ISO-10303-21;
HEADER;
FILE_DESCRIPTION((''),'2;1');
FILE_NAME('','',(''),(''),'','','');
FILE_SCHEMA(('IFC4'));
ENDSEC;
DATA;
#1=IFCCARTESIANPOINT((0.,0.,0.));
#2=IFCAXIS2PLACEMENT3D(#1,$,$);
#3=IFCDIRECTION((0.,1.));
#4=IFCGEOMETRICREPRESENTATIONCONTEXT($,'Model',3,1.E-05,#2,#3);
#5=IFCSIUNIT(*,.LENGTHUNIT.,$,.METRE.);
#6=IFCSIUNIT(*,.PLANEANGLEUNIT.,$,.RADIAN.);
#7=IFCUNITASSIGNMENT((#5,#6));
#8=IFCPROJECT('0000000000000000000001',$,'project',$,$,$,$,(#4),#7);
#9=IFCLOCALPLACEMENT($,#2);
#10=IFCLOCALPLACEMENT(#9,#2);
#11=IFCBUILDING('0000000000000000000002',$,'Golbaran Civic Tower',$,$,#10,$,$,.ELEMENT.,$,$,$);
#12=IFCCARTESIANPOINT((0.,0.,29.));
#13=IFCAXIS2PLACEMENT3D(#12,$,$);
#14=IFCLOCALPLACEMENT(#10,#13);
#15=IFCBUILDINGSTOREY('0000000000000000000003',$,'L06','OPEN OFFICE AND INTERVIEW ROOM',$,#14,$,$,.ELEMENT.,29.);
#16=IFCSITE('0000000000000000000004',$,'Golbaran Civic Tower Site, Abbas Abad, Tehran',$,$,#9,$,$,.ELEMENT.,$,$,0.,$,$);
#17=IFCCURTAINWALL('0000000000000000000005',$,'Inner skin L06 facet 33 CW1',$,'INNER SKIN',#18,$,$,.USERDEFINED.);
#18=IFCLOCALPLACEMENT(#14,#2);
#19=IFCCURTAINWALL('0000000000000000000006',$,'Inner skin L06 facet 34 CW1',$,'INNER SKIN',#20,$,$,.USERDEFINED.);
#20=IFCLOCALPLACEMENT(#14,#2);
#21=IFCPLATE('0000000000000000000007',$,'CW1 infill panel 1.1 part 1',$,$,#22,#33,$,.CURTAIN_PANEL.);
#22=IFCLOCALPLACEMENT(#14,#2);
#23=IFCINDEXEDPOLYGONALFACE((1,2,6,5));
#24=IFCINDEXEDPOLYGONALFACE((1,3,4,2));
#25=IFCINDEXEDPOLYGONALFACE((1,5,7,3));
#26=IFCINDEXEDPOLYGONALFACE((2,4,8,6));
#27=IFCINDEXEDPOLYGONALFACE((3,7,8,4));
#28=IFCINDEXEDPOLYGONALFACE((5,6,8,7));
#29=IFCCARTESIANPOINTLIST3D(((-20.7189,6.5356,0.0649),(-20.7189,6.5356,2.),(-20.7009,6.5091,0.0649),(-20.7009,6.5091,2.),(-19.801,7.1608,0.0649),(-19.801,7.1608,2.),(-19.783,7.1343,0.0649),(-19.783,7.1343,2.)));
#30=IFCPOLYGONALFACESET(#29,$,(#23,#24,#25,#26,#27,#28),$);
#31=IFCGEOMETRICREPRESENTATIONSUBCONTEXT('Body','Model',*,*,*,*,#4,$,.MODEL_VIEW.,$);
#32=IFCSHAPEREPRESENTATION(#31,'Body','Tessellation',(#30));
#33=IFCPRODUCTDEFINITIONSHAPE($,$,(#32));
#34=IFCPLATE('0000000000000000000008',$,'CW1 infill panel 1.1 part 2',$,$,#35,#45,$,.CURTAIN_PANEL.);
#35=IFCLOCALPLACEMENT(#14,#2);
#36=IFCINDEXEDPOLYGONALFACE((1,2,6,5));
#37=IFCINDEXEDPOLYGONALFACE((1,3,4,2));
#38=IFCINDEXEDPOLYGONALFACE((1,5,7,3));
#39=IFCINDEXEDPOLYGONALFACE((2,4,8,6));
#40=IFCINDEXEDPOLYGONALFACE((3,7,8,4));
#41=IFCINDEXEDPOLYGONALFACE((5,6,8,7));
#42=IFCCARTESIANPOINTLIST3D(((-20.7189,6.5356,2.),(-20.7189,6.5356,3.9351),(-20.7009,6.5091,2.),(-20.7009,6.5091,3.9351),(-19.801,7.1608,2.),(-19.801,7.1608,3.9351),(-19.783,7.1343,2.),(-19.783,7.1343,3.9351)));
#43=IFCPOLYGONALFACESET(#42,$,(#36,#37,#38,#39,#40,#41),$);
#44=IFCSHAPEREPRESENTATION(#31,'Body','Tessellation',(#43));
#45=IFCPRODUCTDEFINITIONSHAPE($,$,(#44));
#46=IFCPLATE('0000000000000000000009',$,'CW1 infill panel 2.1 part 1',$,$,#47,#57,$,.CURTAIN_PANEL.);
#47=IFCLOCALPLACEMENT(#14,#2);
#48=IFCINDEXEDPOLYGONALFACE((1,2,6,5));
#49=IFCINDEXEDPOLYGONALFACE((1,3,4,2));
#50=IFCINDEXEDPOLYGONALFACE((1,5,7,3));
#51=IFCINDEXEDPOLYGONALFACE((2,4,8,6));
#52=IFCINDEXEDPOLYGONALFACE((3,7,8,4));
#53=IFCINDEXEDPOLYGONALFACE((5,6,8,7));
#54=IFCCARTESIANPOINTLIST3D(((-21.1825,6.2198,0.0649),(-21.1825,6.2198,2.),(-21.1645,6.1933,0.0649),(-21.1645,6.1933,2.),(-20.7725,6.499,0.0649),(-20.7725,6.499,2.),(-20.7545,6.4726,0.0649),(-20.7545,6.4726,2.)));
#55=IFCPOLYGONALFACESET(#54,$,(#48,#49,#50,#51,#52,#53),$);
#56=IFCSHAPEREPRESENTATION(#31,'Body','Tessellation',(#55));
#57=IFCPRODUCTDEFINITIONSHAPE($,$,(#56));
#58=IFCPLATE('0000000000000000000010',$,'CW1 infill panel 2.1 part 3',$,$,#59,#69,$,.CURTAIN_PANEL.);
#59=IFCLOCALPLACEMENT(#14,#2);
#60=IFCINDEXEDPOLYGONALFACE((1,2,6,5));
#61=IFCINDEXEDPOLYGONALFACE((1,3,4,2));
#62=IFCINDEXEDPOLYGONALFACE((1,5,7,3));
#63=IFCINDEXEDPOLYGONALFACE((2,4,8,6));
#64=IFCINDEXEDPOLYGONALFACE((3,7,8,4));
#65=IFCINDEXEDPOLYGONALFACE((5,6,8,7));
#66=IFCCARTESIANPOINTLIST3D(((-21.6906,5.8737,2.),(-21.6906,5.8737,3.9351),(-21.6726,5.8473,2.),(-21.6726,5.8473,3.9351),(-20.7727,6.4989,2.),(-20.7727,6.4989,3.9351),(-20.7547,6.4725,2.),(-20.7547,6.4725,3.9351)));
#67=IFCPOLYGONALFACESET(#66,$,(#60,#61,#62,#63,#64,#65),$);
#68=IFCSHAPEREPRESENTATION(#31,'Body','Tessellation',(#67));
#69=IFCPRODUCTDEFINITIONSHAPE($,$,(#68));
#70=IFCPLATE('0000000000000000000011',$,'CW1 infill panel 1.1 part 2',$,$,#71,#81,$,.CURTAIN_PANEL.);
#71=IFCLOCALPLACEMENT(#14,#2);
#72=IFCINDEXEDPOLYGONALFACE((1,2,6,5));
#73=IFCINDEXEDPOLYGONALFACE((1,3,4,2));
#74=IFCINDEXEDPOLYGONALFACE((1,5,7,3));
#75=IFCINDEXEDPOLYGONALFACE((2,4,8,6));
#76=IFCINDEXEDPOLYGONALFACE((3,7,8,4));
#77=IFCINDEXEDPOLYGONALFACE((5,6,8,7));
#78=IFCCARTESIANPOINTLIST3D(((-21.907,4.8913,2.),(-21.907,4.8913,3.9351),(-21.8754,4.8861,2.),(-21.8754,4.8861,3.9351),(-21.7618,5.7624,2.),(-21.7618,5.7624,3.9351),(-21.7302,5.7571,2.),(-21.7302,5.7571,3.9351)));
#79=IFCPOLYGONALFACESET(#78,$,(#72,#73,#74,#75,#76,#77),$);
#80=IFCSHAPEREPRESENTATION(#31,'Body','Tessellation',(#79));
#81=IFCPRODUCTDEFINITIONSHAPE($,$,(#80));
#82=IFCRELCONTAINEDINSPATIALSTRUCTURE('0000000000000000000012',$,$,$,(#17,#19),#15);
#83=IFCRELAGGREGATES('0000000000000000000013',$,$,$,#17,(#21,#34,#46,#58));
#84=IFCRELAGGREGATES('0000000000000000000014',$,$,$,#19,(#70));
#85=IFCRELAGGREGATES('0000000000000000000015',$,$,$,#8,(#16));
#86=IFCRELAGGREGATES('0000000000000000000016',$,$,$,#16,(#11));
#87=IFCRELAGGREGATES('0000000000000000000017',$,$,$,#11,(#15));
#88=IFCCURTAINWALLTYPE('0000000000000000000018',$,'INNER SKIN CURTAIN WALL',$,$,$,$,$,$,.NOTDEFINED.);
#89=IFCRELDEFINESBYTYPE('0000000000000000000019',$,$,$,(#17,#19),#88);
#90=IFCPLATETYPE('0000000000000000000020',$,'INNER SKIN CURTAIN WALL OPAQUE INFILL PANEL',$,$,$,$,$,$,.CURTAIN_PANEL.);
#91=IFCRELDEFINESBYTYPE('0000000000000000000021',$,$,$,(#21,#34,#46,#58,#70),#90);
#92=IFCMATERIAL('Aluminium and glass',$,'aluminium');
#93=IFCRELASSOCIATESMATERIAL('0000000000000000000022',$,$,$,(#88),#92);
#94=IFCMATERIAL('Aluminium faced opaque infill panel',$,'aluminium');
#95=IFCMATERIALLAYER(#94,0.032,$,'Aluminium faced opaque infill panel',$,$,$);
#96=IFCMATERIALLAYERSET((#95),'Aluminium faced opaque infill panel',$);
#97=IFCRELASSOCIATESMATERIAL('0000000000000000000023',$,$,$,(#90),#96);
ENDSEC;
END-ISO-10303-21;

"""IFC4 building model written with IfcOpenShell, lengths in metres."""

from ifc_helpers import new_model, si_unit, direction, frame, origin, origin_2d, place, context, subcontext, project, spatial, rectangle, extrude, material, layer, layer_set, type_object, element, aggregate, save


model = new_model("IFC4")

# Units and contexts
model_context = context("Model", 3, precision=1e-05, world=origin(), true_north=direction((0.0, 1.0)))
body_context = subcontext(model_context, "Body", "Model", "MODEL_VIEW")
ifc_project = project(units=[si_unit("LENGTHUNIT", "METRE"), si_unit("PLANEANGLEUNIT", "RADIAN")], contexts=[model_context])

# Site, building, storey
site_placement = place(None, origin())
site = spatial("IfcSite", under=ifc_project, at=site_placement, Name="Golbaran Civic Tower Site, Abbas Abad, Tehran", CompositionType="ELEMENT", RefElevation=0.0)
building_placement = place(site_placement, origin())
building = spatial("IfcBuilding", under=site, at=building_placement, Name="Golbaran Civic Tower", CompositionType="ELEMENT")
storey_placement = place(building_placement, frame((0.0, 0.0, 29.0)))
storey = spatial("IfcBuildingStorey", under=building, at=storey_placement, Name="L06", Description="OPEN OFFICE AND INTERVIEW ROOM", CompositionType="ELEMENT", Elevation=29.0)

# Curtain wall
ifc_material_1 = material(Name="Aluminium and glass", Category="aluminium")
curtain_wall_type = type_object("IfcCurtainWallType", Name="INNER SKIN CURTAIN WALL", PredefinedType="NOTDEFINED", material=ifc_material_1)
curtain_wall_1_placement = place(storey_placement, origin())
curtain_wall_1 = element("IfcCurtainWall", 1, at=curtain_wall_1_placement, inside=storey, type_object=curtain_wall_type, Name="Inner skin L06 facet 33 CW1", ObjectType="INNER SKIN", PredefinedType="USERDEFINED")

# Curtain wall
curtain_wall_2_placement = place(storey_placement, origin())
curtain_wall_2 = element("IfcCurtainWall", 2, at=curtain_wall_2_placement, inside=storey, type_object=curtain_wall_type, Name="Inner skin L06 facet 34 CW1", ObjectType="INNER SKIN", PredefinedType="USERDEFINED")

# Plates
ifc_material_2 = material(Name="Aluminium faced opaque infill panel", Category="aluminium")
ifc_layer_1 = layer(ifc_material_2, 0.032, Name="Aluminium faced opaque infill panel")
ifc_layer_set_1 = layer_set([ifc_layer_1], Name="Aluminium faced opaque infill panel")
plate_type_1 = type_object("IfcPlateType", Name="INNER SKIN CURTAIN WALL OPAQUE INFILL PANEL", PredefinedType="CURTAIN_PANEL", material=ifc_layer_set_1)
plate_1_placement = place(storey_placement, frame((-20.251, 6.835, 0.0649), z_axis=(0.0, 0.0, 1.0), x_axis=(-0.8265, -0.562936, 0.0)))
plate_1 = element("IfcPlate", 3, at=plate_1_placement, type_object=plate_type_1, Name="CW1 infill panel 1.1 part 1", PredefinedType="CURTAIN_PANEL", context=body_context, shape_type="SweptSolid", body=[
    extrude(rectangle(XDim=1.1106, YDim=0.032, at=origin_2d()), origin(), (0.0, 0.0, 1.0), 1.9351),
])
plate_2_placement = place(storey_placement, frame((-20.251, 6.835, 2.0), z_axis=(0.0, 0.0, 1.0), x_axis=(-0.8265, -0.562936, 0.0)))
plate_2 = element("IfcPlate", 4, at=plate_2_placement, type_object=plate_type_1, Name="CW1 infill panel 1.1 part 2", PredefinedType="CURTAIN_PANEL", context=body_context, shape_type="SweptSolid", body=[
    extrude(rectangle(XDim=1.1106, YDim=0.032, at=origin_2d()), origin(), (0.0, 0.0, 1.0), 1.9351),
])
plate_3_placement = place(storey_placement, frame((-20.9685, 6.3462, 0.0649), z_axis=(0.0, 0.0, 1.0), x_axis=(-0.8265, -0.562936, 0.0)))
plate_3 = element("IfcPlate", 5, at=plate_3_placement, type_object=plate_type_1, Name="CW1 infill panel 2.1 part 1", PredefinedType="CURTAIN_PANEL", context=body_context, shape_type="SweptSolid", body=[
    extrude(rectangle(XDim=0.4961, YDim=0.032, at=origin_2d()), origin(), (0.0, 0.0, 1.0), 1.9351),
])
plate_4_placement = place(storey_placement, frame((-21.2227, 6.1731, 2.0), z_axis=(0.0, 0.0, 1.0), x_axis=(-0.8265, -0.562936, 0.0)))
plate_4 = element("IfcPlate", 6, at=plate_4_placement, type_object=plate_type_1, Name="CW1 infill panel 2.1 part 3", PredefinedType="CURTAIN_PANEL", context=body_context, shape_type="SweptSolid", body=[
    extrude(rectangle(XDim=1.1106, YDim=0.032, at=origin_2d()), origin(), (0.0, 0.0, 1.0), 1.9351),
])
aggregate(curtain_wall_1, [plate_1, plate_2, plate_3, plate_4])
plate_5_placement = place(storey_placement, frame((-21.8186, 5.3242, 2.0), z_axis=(0.0, 0.0, 1.0), x_axis=(-0.164415, -0.986391, 0.0)))
plate_5 = element("IfcPlate", 7, at=plate_5_placement, type_object=plate_type_1, Name="CW1 infill panel 1.1 part 2", PredefinedType="CURTAIN_PANEL", context=body_context, shape_type="SweptSolid", body=[
    extrude(rectangle(XDim=0.8831, YDim=0.032, at=origin_2d()), origin(), (0.0, 0.0, 1.0), 1.9351),
])
aggregate(curtain_wall_2, [plate_5])

save(model, "model.ifc")
